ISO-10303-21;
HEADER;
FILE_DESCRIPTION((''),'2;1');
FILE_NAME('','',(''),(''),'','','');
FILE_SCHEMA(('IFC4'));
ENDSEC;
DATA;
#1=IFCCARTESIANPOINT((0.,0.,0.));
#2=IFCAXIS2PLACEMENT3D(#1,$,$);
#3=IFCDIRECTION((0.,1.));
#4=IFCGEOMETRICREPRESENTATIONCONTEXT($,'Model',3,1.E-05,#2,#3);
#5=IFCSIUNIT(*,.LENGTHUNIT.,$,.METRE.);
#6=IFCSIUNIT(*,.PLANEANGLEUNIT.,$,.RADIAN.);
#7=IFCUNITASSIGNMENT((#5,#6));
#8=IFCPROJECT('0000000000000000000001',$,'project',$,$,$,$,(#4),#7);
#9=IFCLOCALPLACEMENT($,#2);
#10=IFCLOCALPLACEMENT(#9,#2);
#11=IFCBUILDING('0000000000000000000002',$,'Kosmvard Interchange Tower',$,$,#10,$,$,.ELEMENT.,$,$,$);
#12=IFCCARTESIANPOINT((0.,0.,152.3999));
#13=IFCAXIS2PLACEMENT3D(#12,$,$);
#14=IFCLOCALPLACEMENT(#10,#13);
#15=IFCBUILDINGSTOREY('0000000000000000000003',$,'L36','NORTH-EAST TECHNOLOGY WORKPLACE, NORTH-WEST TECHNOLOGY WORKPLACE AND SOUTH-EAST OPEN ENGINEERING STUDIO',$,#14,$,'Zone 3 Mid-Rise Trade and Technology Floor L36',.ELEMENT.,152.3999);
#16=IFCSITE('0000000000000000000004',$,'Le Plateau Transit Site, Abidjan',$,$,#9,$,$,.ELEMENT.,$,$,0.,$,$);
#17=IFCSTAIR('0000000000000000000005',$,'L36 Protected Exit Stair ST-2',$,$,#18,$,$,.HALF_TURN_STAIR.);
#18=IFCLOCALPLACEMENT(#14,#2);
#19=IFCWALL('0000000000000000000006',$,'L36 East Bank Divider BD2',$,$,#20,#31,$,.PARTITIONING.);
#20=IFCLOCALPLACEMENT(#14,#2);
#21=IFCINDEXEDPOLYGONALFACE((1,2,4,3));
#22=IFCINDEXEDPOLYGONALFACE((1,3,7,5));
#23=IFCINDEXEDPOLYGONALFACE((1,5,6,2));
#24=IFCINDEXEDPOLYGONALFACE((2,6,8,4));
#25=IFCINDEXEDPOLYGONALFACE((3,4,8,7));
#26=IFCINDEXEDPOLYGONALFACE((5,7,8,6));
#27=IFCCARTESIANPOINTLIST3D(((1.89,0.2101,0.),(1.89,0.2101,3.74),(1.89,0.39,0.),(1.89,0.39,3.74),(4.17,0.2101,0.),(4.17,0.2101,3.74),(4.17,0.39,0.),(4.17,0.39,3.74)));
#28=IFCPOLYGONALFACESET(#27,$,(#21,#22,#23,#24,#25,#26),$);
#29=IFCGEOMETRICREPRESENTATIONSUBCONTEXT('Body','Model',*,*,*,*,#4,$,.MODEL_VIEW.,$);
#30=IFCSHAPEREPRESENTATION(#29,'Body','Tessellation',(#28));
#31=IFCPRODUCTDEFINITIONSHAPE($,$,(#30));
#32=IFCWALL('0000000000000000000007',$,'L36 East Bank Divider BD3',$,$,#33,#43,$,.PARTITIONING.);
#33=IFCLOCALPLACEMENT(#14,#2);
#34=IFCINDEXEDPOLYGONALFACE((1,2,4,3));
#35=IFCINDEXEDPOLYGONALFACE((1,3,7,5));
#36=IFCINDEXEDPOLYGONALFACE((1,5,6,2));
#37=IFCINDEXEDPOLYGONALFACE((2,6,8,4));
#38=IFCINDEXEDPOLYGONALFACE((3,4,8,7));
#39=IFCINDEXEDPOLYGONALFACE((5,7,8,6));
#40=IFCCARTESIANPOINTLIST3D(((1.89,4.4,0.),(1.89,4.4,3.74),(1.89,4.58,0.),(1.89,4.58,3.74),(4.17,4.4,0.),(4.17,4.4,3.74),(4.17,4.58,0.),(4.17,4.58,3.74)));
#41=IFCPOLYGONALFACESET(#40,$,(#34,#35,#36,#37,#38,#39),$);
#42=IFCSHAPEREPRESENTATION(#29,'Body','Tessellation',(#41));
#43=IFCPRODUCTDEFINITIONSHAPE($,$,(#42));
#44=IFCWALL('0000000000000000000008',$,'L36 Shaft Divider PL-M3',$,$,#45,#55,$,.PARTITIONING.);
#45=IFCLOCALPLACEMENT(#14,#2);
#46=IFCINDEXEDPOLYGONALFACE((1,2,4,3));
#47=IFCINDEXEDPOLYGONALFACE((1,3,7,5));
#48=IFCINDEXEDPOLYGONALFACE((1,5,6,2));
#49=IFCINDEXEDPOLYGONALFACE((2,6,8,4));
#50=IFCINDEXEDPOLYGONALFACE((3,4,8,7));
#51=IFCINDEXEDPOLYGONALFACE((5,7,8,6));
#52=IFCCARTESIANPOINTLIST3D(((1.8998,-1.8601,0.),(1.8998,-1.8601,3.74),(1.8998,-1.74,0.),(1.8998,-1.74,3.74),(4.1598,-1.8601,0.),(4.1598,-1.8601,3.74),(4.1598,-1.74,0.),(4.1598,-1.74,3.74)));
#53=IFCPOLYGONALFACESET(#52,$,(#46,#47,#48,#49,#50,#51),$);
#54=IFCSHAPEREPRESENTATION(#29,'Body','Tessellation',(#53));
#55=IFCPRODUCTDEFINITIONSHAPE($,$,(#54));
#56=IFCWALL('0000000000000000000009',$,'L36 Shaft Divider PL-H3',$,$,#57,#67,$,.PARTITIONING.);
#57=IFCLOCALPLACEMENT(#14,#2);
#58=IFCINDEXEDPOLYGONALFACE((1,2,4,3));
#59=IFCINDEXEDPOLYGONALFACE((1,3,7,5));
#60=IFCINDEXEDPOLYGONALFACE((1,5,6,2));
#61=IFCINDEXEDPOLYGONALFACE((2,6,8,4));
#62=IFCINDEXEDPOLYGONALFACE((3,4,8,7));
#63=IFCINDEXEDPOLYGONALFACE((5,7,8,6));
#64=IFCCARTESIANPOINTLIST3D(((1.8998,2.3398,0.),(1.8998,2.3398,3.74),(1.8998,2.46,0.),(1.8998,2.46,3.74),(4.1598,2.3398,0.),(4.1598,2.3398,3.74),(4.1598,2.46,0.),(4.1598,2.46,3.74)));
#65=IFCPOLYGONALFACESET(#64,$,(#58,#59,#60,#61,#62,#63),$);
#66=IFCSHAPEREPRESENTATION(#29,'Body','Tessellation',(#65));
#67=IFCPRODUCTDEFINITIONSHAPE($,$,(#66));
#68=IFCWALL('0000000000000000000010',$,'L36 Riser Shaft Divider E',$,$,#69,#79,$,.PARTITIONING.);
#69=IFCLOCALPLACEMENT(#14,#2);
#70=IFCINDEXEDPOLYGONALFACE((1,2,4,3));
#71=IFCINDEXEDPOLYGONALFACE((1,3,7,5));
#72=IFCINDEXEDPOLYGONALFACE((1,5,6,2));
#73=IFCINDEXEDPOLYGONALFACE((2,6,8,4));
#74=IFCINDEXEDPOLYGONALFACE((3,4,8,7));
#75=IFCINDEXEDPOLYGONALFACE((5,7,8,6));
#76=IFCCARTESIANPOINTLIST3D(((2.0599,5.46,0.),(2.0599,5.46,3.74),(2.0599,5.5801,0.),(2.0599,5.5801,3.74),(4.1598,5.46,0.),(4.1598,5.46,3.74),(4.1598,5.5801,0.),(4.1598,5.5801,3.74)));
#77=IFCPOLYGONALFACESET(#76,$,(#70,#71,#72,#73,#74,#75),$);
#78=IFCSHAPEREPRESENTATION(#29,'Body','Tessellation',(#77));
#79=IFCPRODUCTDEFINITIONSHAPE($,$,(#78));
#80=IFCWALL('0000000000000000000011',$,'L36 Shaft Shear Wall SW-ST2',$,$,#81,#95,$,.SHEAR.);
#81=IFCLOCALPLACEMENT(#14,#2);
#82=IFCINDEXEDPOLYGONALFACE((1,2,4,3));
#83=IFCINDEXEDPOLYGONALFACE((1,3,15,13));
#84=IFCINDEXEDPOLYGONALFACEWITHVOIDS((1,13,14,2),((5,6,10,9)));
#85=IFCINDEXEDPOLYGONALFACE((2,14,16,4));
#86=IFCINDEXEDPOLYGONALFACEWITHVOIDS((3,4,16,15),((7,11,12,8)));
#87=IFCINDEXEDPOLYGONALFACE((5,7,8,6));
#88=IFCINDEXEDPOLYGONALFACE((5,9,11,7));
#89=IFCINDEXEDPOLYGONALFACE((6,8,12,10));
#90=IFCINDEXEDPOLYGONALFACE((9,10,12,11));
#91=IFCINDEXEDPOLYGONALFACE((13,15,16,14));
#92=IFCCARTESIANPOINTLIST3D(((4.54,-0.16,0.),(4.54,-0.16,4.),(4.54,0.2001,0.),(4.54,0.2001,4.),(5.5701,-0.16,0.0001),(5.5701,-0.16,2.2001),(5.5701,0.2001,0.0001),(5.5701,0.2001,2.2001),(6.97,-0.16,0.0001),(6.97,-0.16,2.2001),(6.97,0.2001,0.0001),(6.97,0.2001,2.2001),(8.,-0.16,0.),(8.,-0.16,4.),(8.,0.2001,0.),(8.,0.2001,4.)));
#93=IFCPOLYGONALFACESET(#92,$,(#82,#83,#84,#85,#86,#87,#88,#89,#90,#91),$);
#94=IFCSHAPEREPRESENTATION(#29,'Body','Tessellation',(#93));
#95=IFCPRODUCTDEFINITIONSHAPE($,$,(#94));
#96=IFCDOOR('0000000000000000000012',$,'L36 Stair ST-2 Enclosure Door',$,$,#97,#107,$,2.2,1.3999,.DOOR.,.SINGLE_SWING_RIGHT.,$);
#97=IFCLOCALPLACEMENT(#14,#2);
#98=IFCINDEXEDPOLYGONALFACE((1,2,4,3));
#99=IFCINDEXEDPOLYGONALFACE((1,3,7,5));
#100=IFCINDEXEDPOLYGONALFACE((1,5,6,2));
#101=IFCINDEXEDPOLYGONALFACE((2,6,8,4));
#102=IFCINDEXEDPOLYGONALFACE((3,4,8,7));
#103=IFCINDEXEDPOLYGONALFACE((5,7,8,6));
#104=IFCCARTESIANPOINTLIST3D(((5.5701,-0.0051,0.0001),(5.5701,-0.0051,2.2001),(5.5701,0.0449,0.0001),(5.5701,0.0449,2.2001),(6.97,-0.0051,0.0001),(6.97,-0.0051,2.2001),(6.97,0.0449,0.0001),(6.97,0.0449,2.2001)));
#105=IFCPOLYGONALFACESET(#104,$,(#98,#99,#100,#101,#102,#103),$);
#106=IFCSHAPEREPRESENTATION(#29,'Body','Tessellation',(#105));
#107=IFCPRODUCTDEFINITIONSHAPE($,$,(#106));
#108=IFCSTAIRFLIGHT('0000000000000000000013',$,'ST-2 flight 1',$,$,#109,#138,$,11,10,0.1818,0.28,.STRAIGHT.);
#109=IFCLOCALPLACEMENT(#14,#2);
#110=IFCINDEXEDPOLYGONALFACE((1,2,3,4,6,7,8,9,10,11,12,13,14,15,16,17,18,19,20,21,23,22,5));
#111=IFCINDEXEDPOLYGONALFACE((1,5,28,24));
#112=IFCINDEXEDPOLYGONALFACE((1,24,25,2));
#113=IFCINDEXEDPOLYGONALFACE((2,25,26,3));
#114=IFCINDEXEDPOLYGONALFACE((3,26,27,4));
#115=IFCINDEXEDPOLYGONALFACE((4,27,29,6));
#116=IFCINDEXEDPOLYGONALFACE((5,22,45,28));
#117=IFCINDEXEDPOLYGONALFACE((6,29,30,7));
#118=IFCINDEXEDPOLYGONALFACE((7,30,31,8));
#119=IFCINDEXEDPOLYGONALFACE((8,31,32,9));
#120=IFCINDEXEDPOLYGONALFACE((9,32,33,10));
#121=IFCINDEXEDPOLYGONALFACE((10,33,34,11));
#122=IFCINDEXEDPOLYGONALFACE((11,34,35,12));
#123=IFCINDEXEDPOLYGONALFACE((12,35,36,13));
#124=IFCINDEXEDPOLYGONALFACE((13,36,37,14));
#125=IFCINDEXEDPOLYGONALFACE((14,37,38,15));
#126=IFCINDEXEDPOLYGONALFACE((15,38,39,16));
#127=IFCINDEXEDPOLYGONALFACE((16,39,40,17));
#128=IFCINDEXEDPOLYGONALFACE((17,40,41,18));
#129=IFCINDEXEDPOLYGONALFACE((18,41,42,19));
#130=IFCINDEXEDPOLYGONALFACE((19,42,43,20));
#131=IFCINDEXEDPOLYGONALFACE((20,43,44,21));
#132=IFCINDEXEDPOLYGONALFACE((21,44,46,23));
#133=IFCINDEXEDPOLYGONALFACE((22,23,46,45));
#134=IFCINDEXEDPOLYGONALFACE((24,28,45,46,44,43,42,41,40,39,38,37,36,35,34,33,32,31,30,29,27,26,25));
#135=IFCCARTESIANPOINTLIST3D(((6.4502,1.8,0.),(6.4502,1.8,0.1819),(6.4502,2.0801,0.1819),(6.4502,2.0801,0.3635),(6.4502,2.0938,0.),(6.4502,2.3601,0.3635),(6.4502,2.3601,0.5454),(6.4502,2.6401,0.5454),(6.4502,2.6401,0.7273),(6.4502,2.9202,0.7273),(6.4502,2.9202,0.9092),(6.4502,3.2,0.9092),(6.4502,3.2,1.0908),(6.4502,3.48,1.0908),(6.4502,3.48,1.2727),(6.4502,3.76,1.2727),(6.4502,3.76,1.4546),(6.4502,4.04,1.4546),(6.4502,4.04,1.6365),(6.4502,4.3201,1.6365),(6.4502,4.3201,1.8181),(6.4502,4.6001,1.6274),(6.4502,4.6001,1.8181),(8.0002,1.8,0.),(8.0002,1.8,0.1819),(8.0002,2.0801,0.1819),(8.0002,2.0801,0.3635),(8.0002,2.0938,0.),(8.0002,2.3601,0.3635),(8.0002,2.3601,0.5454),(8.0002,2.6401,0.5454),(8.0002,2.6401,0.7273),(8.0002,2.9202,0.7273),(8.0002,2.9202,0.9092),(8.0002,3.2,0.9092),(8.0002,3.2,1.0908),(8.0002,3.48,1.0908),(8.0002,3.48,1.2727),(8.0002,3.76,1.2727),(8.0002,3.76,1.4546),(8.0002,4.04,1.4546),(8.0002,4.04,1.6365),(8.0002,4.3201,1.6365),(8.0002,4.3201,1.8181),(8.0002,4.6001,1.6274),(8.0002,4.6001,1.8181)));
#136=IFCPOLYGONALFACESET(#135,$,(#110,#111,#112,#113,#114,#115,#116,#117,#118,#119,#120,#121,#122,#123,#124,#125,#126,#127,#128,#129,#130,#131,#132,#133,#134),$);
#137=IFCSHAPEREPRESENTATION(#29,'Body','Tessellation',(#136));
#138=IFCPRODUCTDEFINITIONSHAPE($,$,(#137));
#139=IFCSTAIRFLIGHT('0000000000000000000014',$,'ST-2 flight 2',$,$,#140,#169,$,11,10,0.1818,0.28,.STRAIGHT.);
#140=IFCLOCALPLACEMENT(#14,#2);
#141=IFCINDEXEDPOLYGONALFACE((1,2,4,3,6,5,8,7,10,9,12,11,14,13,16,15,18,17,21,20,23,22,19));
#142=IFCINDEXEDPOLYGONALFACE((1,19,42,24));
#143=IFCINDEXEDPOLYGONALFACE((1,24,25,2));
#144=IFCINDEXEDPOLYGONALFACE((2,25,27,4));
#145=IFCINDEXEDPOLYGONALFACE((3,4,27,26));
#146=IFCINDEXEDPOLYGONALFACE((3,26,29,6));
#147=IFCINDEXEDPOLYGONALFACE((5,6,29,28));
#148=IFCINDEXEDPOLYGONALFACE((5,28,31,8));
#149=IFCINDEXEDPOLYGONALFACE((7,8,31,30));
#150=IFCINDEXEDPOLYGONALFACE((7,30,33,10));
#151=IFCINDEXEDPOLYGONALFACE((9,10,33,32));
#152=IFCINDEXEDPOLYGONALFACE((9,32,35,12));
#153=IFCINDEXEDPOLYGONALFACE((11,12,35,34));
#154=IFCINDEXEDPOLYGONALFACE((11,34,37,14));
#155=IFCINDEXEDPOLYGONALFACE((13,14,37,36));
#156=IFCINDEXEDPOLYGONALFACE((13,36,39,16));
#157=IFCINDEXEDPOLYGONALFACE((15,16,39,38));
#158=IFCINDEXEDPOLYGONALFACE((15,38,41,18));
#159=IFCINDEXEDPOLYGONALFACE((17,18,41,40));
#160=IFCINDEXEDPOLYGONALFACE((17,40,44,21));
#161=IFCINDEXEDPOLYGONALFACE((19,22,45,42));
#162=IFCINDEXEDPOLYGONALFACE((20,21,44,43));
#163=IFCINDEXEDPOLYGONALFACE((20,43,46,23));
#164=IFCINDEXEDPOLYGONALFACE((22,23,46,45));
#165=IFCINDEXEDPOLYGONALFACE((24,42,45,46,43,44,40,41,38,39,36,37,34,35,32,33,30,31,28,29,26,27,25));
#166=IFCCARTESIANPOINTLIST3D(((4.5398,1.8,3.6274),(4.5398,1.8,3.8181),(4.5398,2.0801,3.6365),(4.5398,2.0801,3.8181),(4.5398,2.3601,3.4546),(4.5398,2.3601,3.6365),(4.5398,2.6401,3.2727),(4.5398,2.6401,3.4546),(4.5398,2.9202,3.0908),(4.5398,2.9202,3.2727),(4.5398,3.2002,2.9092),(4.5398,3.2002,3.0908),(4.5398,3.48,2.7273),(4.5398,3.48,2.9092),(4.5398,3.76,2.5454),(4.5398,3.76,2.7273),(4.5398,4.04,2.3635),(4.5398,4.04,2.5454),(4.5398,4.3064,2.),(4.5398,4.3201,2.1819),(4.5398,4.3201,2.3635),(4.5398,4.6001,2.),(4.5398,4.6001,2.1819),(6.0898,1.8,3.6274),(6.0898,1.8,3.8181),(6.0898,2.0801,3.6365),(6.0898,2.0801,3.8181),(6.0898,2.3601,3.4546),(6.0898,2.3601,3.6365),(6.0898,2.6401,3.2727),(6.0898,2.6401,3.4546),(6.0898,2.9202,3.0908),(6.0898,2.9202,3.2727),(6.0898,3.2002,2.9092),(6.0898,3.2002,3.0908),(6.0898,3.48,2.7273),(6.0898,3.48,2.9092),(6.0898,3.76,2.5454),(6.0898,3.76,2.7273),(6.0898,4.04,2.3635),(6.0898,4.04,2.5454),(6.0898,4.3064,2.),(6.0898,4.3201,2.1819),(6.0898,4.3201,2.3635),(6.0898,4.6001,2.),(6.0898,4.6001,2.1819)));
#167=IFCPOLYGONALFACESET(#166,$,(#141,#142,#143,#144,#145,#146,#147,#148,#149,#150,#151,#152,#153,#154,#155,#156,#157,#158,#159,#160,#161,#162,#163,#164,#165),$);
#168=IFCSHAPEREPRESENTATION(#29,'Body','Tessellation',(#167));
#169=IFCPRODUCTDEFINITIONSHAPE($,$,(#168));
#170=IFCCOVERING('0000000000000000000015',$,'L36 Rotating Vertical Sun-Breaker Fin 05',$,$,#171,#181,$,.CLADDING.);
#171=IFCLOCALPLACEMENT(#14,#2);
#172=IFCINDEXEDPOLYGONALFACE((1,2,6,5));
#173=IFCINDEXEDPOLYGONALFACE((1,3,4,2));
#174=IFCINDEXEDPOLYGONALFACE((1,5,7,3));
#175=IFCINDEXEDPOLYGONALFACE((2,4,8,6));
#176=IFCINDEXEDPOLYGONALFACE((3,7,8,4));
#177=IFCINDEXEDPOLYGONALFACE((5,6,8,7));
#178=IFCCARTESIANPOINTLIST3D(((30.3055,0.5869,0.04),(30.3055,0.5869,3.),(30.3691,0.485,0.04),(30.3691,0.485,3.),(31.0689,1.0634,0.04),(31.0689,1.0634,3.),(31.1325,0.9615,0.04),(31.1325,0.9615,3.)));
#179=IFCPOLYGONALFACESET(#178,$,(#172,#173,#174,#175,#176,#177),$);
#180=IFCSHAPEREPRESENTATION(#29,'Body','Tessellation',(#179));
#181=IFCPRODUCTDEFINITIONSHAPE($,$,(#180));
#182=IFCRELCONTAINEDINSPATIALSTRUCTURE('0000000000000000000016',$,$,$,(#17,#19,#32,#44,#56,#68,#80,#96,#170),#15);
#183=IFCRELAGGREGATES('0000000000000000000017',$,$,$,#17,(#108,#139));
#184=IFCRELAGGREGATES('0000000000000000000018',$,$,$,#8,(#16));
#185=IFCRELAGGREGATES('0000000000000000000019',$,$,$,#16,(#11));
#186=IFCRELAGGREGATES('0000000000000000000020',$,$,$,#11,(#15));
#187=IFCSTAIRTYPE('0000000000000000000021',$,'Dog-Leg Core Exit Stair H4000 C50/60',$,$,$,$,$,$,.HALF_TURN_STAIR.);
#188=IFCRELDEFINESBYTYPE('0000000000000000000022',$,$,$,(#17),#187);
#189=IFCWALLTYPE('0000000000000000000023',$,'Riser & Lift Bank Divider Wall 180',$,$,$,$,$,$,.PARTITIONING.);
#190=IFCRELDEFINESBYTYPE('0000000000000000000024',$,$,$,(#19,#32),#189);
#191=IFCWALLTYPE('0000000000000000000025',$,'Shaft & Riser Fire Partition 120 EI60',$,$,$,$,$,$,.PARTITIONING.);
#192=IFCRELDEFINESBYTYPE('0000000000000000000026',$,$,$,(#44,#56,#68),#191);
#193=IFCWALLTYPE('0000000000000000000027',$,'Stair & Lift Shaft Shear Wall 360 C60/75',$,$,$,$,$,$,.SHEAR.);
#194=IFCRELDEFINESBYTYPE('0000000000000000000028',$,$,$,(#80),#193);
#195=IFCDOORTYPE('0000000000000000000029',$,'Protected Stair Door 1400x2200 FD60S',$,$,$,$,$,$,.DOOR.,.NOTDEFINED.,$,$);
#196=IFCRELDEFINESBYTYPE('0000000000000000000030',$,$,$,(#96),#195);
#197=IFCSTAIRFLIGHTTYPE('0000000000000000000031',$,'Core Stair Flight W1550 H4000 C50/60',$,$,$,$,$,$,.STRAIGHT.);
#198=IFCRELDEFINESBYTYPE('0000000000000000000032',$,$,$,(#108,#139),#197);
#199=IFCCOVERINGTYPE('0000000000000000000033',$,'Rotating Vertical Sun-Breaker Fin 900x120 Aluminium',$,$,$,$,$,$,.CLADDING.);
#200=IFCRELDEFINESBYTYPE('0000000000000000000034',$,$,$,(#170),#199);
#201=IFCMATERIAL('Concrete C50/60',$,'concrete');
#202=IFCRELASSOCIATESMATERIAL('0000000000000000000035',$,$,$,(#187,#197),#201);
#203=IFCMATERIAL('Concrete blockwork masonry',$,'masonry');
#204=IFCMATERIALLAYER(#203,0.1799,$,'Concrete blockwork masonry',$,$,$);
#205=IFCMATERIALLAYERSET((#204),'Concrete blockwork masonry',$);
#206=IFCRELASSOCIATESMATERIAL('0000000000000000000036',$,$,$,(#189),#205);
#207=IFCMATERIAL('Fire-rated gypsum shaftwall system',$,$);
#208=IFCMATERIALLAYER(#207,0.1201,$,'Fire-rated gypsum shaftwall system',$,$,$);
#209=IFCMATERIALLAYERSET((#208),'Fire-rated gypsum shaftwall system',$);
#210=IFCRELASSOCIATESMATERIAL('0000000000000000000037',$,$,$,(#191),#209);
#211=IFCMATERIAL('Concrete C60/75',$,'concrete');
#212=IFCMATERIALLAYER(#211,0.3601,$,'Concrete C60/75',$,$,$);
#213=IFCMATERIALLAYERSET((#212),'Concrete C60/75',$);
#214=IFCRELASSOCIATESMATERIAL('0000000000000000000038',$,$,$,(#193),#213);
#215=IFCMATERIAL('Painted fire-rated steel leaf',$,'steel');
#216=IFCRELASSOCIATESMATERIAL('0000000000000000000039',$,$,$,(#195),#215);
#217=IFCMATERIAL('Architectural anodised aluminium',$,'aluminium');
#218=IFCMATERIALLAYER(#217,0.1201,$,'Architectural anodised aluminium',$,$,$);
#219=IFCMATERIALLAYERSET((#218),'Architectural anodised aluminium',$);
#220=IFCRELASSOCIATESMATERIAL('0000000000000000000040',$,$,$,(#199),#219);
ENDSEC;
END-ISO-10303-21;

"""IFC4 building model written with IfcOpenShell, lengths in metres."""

from ifc_helpers import new_model, si_unit, direction, frame, frame_2d, origin, origin_2d, place, context, subcontext, project, spatial, polyline, rectangle, outline, extrude, source, transform, mapped, material, layer, layer_set, type_object, element, fill, aggregate, save


model = new_model("IFC4")

# Units and contexts
model_context = context("Model", 3, precision=1e-05, world=origin(), true_north=direction((0.0, 1.0)))
body_context = subcontext(model_context, "Body", "Model", "MODEL_VIEW")
ifc_project = project(units=[si_unit("LENGTHUNIT", "METRE"), si_unit("PLANEANGLEUNIT", "RADIAN")], contexts=[model_context])

# Site, building, storey
site_placement = place(None, origin())
site = spatial("IfcSite", under=ifc_project, at=site_placement, Name="Le Plateau Transit Site, Abidjan", CompositionType="ELEMENT", RefElevation=0.0)
building_placement = place(site_placement, origin())
building = spatial("IfcBuilding", under=site, at=building_placement, Name="Kosmvard Interchange Tower", CompositionType="ELEMENT")
storey_placement = place(building_placement, frame((0.0, 0.0, 152.3999)))
storey = spatial("IfcBuildingStorey", under=building, at=storey_placement, Name="L36", Description="NORTH-EAST TECHNOLOGY WORKPLACE, NORTH-WEST TECHNOLOGY WORKPLACE AND SOUTH-EAST OPEN ENGINEERING STUDIO", LongName="Zone 3 Mid-Rise Trade and Technology Floor L36", CompositionType="ELEMENT", Elevation=152.3999)

# Shared definitions
ifc_material_1 = material(Name="Concrete C60/75", Category="concrete")
ifc_material_2 = material(Name="Concrete C50/60", Category="concrete")

# Stair
stair_type = type_object("IfcStairType", Name="Dog-Leg Core Exit Stair H4000 C50/60", PredefinedType="HALF_TURN_STAIR", material=ifc_material_2)
stair_1_placement = place(storey_placement, origin())
stair_1 = element("IfcStair", 1, at=stair_1_placement, inside=storey, type_object=stair_type, Name="L36 Protected Exit Stair ST-2", PredefinedType="HALF_TURN_STAIR")

# Walls
ifc_material_3 = material(Name="Concrete blockwork masonry", Category="masonry")
ifc_layer_1 = layer(ifc_material_3, 0.1799, Name="Concrete blockwork masonry")
ifc_layer_set_1 = layer_set([ifc_layer_1], Name="Concrete blockwork masonry")
wall_type_1 = type_object("IfcWallType", Name="Riser & Lift Bank Divider Wall 180", PredefinedType="PARTITIONING", material=ifc_layer_set_1)
for number, where, z_axis, x_axis, name in (
    (2, (1.8899, 0.3, 0.0), (0.0, 0.0, 1.0), (1.0, 0.0, 0.0), "L36 East Bank Divider BD2"),
    (3, (1.8899, 4.49, 0.0), (0.0, 0.0, 1.0), (1.0, 0.0, 0.0), "L36 East Bank Divider BD3"),
):
    element("IfcWall", number, at=place(storey_placement, frame(where, z_axis=z_axis, x_axis=x_axis)), inside=storey, type_object=wall_type_1, Name=name, PredefinedType="PARTITIONING", context=body_context, shape_type="SweptSolid", body=[
        extrude(rectangle(XDim=2.28, YDim=0.1799, at=frame_2d((1.1401, 0.0))), origin(), (0.0, 0.0, 1.0), 3.74),
    ])
ifc_material_4 = material(Name="Fire-rated gypsum shaftwall system")
ifc_layer_2 = layer(ifc_material_4, 0.1201, Name="Fire-rated gypsum shaftwall system")
ifc_layer_set_2 = layer_set([ifc_layer_2], Name="Fire-rated gypsum shaftwall system")
wall_type_2 = type_object("IfcWallType", Name="Shaft & Riser Fire Partition 120 EI60", PredefinedType="PARTITIONING", material=ifc_layer_set_2)
for number, where, z_axis, x_axis, name in (
    (4, (1.8999, -1.8, 0.0), (0.0, 0.0, 1.0), (1.0, 0.0, 0.0), "L36 Shaft Divider PL-M3"),
    (5, (1.8999, 2.3999, 0.0), (0.0, 0.0, 1.0), (1.0, 0.0, 0.0), "L36 Shaft Divider PL-H3"),
):
    element("IfcWall", number, at=place(storey_placement, frame(where, z_axis=z_axis, x_axis=x_axis)), inside=storey, type_object=wall_type_2, Name=name, PredefinedType="PARTITIONING", context=body_context, shape_type="SweptSolid", body=[
        extrude(rectangle(XDim=2.26, YDim=0.1201, at=frame_2d((1.1299, 0.0))), origin(), (0.0, 0.0, 1.0), 3.74),
    ])
wall_1_placement = place(storey_placement, frame((2.0601, 5.52, 0.0), z_axis=(0.0, 0.0, 1.0), x_axis=(1.0, 0.0, 0.0)))
element("IfcWall", 6, at=wall_1_placement, inside=storey, type_object=wall_type_2, Name="L36 Riser Shaft Divider E", PredefinedType="PARTITIONING", context=body_context, shape_type="SweptSolid", body=[
    extrude(rectangle(XDim=2.0999, YDim=0.1201, at=frame_2d((1.0498, 0.0))), origin(), (0.0, 0.0, 1.0), 3.74),
])

# Wall, opening, door
ifc_layer_3 = layer(ifc_material_1, 0.3601, Name="Concrete C60/75")
ifc_layer_set_3 = layer_set([ifc_layer_3], Name="Concrete C60/75")
wall_type_3 = type_object("IfcWallType", Name="Stair & Lift Shaft Shear Wall 360 C60/75", PredefinedType="SHEAR", material=ifc_layer_set_3)
wall_2_placement = place(storey_placement, frame((4.54, 0.02, 0.0), z_axis=(0.0, 0.0, 1.0), x_axis=(1.0, 0.0, 0.0)))
wall_2 = element("IfcWall", 7, at=wall_2_placement, inside=storey, type_object=wall_type_3, Name="L36 Shaft Shear Wall SW-ST2", PredefinedType="SHEAR", context=body_context, shape_type="SweptSolid", body=[
    extrude(rectangle(XDim=3.46, YDim=0.3601, at=frame_2d((1.73, 0.0))), origin(), (0.0, 0.0, 1.0), 4.0),
])
opening_1_placement = place(wall_2_placement, frame((1.03, 0.0, 0.0)))
opening_1 = element("IfcOpeningElement", 8, at=opening_1_placement, cuts=wall_2, PredefinedType="OPENING", context=body_context, shape_type="SweptSolid", body=[
    extrude(rectangle(XDim=1.3999, YDim=2.2, at=frame_2d((0.7, 1.1001))), frame((0.0, 0.1899, 0.0), z_axis=(0.0, -1.0, 0.0), x_axis=(1.0, 0.0, 0.0)), (0.0, 0.0, 1.0), 0.3801),
])
ifc_material_5 = material(Name="Painted fire-rated steel leaf", Category="steel")
door_type_1 = type_object("IfcDoorType", Name="Protected Stair Door 1400x2200 FD60S", OperationType="NOTDEFINED", PredefinedType="DOOR", material=ifc_material_5)
shared_shape_1 = source(origin(), body_context, "Body", "SweptSolid", [
    extrude(rectangle(XDim=1.3999, YDim=2.2, at=frame_2d((0.7, 1.1001))), frame((0.0, 0.0249, 0.0), z_axis=(0.0, -1.0, 0.0), x_axis=(1.0, 0.0, 0.0)), (0.0, 0.0, 1.0), 0.05),
])
door_1_placement = place(opening_1_placement, origin())
door_1 = element("IfcDoor", 9, at=door_1_placement, inside=storey, type_object=door_type_1, Name="L36 Stair ST-2 Enclosure Door", OperationType="SINGLE_SWING_RIGHT", OverallHeight=2.2, OverallWidth=1.3999, PredefinedType="DOOR", context=body_context, shape_type="MappedRepresentation", body=[
    mapped(shared_shape_1, transform((0.0, 0.0, 0.0), scale=1.0)),
])
fill(opening_1, door_1)

# Stair flights
stair_flight_type = type_object("IfcStairFlightType", Name="Core Stair Flight W1550 H4000 C50/60", PredefinedType="STRAIGHT", material=ifc_material_2)
shared_shape_2 = source(origin(), body_context, "Body", "SweptSolid", [
    extrude(outline(polyline([(0.0, 0.0), (0.0, 0.1819), (0.28, 0.1819), (0.28, 0.3635), (0.5601, 0.3635), (0.5601, 0.5454), (0.8401, 0.5454), (0.8401, 0.7273), (1.1201, 0.7273), (1.1201, 0.9092), (1.3999, 0.9092), (1.3999, 1.0908), (1.6799, 1.0908), (1.6799, 1.2727), (1.96, 1.2727), (1.96, 1.4546), (2.24, 1.4546), (2.24, 1.6365), (2.52, 1.6365), (2.52, 1.8181), (2.8, 1.8181), (2.8, 2.0), (2.8, 1.6274), (0.2937, 0.0), (0.0, 0.0)])), frame((0.0, 0.7749, 0.0), z_axis=(0.0, -1.0, 0.0), x_axis=(1.0, 0.0, 0.0)), (0.0, 0.0, 1.0), 1.55),
])
stair_flight_1_placement = place(storey_placement, frame((7.2251, 1.8, 0.0), z_axis=(0.0, 0.0, 1.0), x_axis=(0.0, 1.0, 0.0)))
stair_flight_1 = element("IfcStairFlight", 10, at=stair_flight_1_placement, type_object=stair_flight_type, Name="ST-2 flight 1", NumberOfRisers=11, NumberOfTreads=10, PredefinedType="STRAIGHT", RiserHeight=0.1818, TreadLength=0.28, context=body_context, shape_type="MappedRepresentation", body=[
    mapped(shared_shape_2, transform((0.0, 0.0, 0.0), scale=1.0)),
])
stair_flight_2_placement = place(storey_placement, frame((5.3149, 4.6001, 2.0), z_axis=(0.0, 0.0, 1.0), x_axis=(0.0, -1.0, 0.0)))
stair_flight_2 = element("IfcStairFlight", 11, at=stair_flight_2_placement, type_object=stair_flight_type, Name="ST-2 flight 2", NumberOfRisers=11, NumberOfTreads=10, PredefinedType="STRAIGHT", RiserHeight=0.1818, TreadLength=0.28, context=body_context, shape_type="MappedRepresentation", body=[
    mapped(shared_shape_2, transform((0.0, 0.0, 0.0), scale=1.0)),
])
aggregate(stair_1, [stair_flight_1, stair_flight_2])

# Covering
ifc_material_6 = material(Name="Architectural anodised aluminium", Category="aluminium")
ifc_layer_4 = layer(ifc_material_6, 0.1201, Name="Architectural anodised aluminium")
ifc_layer_set_4 = layer_set([ifc_layer_4], Name="Architectural anodised aluminium")
covering_type = type_object("IfcCoveringType", Name="Rotating Vertical Sun-Breaker Fin 900x120 Aluminium", PredefinedType="CLADDING", material=ifc_layer_set_4)
shared_shape_3 = source(origin(), body_context, "Body", "SweptSolid", [
    extrude(rectangle(XDim=0.8999, YDim=0.1201, at=origin_2d()), origin(), (0.0, 0.0, 1.0), 2.96),
])
for number, where, z_axis, x_axis, name in (
    (12, (30.719, 0.7742, 0.04), (0.0, 0.0, 1.0), (0.848325, 0.529475, 0.0), "L36 Rotating Vertical Sun-Breaker Fin 05"),
):
    element("IfcCovering", number, at=place(storey_placement, frame(where, z_axis=z_axis, x_axis=x_axis)), inside=storey, type_object=covering_type, Name=name, PredefinedType="CLADDING", context=body_context, shape_type="MappedRepresentation", body=[
        mapped(shared_shape_3, transform((0.0, 0.0, 0.0), scale=1.0)),
    ])

save(model, "model.ifc")
